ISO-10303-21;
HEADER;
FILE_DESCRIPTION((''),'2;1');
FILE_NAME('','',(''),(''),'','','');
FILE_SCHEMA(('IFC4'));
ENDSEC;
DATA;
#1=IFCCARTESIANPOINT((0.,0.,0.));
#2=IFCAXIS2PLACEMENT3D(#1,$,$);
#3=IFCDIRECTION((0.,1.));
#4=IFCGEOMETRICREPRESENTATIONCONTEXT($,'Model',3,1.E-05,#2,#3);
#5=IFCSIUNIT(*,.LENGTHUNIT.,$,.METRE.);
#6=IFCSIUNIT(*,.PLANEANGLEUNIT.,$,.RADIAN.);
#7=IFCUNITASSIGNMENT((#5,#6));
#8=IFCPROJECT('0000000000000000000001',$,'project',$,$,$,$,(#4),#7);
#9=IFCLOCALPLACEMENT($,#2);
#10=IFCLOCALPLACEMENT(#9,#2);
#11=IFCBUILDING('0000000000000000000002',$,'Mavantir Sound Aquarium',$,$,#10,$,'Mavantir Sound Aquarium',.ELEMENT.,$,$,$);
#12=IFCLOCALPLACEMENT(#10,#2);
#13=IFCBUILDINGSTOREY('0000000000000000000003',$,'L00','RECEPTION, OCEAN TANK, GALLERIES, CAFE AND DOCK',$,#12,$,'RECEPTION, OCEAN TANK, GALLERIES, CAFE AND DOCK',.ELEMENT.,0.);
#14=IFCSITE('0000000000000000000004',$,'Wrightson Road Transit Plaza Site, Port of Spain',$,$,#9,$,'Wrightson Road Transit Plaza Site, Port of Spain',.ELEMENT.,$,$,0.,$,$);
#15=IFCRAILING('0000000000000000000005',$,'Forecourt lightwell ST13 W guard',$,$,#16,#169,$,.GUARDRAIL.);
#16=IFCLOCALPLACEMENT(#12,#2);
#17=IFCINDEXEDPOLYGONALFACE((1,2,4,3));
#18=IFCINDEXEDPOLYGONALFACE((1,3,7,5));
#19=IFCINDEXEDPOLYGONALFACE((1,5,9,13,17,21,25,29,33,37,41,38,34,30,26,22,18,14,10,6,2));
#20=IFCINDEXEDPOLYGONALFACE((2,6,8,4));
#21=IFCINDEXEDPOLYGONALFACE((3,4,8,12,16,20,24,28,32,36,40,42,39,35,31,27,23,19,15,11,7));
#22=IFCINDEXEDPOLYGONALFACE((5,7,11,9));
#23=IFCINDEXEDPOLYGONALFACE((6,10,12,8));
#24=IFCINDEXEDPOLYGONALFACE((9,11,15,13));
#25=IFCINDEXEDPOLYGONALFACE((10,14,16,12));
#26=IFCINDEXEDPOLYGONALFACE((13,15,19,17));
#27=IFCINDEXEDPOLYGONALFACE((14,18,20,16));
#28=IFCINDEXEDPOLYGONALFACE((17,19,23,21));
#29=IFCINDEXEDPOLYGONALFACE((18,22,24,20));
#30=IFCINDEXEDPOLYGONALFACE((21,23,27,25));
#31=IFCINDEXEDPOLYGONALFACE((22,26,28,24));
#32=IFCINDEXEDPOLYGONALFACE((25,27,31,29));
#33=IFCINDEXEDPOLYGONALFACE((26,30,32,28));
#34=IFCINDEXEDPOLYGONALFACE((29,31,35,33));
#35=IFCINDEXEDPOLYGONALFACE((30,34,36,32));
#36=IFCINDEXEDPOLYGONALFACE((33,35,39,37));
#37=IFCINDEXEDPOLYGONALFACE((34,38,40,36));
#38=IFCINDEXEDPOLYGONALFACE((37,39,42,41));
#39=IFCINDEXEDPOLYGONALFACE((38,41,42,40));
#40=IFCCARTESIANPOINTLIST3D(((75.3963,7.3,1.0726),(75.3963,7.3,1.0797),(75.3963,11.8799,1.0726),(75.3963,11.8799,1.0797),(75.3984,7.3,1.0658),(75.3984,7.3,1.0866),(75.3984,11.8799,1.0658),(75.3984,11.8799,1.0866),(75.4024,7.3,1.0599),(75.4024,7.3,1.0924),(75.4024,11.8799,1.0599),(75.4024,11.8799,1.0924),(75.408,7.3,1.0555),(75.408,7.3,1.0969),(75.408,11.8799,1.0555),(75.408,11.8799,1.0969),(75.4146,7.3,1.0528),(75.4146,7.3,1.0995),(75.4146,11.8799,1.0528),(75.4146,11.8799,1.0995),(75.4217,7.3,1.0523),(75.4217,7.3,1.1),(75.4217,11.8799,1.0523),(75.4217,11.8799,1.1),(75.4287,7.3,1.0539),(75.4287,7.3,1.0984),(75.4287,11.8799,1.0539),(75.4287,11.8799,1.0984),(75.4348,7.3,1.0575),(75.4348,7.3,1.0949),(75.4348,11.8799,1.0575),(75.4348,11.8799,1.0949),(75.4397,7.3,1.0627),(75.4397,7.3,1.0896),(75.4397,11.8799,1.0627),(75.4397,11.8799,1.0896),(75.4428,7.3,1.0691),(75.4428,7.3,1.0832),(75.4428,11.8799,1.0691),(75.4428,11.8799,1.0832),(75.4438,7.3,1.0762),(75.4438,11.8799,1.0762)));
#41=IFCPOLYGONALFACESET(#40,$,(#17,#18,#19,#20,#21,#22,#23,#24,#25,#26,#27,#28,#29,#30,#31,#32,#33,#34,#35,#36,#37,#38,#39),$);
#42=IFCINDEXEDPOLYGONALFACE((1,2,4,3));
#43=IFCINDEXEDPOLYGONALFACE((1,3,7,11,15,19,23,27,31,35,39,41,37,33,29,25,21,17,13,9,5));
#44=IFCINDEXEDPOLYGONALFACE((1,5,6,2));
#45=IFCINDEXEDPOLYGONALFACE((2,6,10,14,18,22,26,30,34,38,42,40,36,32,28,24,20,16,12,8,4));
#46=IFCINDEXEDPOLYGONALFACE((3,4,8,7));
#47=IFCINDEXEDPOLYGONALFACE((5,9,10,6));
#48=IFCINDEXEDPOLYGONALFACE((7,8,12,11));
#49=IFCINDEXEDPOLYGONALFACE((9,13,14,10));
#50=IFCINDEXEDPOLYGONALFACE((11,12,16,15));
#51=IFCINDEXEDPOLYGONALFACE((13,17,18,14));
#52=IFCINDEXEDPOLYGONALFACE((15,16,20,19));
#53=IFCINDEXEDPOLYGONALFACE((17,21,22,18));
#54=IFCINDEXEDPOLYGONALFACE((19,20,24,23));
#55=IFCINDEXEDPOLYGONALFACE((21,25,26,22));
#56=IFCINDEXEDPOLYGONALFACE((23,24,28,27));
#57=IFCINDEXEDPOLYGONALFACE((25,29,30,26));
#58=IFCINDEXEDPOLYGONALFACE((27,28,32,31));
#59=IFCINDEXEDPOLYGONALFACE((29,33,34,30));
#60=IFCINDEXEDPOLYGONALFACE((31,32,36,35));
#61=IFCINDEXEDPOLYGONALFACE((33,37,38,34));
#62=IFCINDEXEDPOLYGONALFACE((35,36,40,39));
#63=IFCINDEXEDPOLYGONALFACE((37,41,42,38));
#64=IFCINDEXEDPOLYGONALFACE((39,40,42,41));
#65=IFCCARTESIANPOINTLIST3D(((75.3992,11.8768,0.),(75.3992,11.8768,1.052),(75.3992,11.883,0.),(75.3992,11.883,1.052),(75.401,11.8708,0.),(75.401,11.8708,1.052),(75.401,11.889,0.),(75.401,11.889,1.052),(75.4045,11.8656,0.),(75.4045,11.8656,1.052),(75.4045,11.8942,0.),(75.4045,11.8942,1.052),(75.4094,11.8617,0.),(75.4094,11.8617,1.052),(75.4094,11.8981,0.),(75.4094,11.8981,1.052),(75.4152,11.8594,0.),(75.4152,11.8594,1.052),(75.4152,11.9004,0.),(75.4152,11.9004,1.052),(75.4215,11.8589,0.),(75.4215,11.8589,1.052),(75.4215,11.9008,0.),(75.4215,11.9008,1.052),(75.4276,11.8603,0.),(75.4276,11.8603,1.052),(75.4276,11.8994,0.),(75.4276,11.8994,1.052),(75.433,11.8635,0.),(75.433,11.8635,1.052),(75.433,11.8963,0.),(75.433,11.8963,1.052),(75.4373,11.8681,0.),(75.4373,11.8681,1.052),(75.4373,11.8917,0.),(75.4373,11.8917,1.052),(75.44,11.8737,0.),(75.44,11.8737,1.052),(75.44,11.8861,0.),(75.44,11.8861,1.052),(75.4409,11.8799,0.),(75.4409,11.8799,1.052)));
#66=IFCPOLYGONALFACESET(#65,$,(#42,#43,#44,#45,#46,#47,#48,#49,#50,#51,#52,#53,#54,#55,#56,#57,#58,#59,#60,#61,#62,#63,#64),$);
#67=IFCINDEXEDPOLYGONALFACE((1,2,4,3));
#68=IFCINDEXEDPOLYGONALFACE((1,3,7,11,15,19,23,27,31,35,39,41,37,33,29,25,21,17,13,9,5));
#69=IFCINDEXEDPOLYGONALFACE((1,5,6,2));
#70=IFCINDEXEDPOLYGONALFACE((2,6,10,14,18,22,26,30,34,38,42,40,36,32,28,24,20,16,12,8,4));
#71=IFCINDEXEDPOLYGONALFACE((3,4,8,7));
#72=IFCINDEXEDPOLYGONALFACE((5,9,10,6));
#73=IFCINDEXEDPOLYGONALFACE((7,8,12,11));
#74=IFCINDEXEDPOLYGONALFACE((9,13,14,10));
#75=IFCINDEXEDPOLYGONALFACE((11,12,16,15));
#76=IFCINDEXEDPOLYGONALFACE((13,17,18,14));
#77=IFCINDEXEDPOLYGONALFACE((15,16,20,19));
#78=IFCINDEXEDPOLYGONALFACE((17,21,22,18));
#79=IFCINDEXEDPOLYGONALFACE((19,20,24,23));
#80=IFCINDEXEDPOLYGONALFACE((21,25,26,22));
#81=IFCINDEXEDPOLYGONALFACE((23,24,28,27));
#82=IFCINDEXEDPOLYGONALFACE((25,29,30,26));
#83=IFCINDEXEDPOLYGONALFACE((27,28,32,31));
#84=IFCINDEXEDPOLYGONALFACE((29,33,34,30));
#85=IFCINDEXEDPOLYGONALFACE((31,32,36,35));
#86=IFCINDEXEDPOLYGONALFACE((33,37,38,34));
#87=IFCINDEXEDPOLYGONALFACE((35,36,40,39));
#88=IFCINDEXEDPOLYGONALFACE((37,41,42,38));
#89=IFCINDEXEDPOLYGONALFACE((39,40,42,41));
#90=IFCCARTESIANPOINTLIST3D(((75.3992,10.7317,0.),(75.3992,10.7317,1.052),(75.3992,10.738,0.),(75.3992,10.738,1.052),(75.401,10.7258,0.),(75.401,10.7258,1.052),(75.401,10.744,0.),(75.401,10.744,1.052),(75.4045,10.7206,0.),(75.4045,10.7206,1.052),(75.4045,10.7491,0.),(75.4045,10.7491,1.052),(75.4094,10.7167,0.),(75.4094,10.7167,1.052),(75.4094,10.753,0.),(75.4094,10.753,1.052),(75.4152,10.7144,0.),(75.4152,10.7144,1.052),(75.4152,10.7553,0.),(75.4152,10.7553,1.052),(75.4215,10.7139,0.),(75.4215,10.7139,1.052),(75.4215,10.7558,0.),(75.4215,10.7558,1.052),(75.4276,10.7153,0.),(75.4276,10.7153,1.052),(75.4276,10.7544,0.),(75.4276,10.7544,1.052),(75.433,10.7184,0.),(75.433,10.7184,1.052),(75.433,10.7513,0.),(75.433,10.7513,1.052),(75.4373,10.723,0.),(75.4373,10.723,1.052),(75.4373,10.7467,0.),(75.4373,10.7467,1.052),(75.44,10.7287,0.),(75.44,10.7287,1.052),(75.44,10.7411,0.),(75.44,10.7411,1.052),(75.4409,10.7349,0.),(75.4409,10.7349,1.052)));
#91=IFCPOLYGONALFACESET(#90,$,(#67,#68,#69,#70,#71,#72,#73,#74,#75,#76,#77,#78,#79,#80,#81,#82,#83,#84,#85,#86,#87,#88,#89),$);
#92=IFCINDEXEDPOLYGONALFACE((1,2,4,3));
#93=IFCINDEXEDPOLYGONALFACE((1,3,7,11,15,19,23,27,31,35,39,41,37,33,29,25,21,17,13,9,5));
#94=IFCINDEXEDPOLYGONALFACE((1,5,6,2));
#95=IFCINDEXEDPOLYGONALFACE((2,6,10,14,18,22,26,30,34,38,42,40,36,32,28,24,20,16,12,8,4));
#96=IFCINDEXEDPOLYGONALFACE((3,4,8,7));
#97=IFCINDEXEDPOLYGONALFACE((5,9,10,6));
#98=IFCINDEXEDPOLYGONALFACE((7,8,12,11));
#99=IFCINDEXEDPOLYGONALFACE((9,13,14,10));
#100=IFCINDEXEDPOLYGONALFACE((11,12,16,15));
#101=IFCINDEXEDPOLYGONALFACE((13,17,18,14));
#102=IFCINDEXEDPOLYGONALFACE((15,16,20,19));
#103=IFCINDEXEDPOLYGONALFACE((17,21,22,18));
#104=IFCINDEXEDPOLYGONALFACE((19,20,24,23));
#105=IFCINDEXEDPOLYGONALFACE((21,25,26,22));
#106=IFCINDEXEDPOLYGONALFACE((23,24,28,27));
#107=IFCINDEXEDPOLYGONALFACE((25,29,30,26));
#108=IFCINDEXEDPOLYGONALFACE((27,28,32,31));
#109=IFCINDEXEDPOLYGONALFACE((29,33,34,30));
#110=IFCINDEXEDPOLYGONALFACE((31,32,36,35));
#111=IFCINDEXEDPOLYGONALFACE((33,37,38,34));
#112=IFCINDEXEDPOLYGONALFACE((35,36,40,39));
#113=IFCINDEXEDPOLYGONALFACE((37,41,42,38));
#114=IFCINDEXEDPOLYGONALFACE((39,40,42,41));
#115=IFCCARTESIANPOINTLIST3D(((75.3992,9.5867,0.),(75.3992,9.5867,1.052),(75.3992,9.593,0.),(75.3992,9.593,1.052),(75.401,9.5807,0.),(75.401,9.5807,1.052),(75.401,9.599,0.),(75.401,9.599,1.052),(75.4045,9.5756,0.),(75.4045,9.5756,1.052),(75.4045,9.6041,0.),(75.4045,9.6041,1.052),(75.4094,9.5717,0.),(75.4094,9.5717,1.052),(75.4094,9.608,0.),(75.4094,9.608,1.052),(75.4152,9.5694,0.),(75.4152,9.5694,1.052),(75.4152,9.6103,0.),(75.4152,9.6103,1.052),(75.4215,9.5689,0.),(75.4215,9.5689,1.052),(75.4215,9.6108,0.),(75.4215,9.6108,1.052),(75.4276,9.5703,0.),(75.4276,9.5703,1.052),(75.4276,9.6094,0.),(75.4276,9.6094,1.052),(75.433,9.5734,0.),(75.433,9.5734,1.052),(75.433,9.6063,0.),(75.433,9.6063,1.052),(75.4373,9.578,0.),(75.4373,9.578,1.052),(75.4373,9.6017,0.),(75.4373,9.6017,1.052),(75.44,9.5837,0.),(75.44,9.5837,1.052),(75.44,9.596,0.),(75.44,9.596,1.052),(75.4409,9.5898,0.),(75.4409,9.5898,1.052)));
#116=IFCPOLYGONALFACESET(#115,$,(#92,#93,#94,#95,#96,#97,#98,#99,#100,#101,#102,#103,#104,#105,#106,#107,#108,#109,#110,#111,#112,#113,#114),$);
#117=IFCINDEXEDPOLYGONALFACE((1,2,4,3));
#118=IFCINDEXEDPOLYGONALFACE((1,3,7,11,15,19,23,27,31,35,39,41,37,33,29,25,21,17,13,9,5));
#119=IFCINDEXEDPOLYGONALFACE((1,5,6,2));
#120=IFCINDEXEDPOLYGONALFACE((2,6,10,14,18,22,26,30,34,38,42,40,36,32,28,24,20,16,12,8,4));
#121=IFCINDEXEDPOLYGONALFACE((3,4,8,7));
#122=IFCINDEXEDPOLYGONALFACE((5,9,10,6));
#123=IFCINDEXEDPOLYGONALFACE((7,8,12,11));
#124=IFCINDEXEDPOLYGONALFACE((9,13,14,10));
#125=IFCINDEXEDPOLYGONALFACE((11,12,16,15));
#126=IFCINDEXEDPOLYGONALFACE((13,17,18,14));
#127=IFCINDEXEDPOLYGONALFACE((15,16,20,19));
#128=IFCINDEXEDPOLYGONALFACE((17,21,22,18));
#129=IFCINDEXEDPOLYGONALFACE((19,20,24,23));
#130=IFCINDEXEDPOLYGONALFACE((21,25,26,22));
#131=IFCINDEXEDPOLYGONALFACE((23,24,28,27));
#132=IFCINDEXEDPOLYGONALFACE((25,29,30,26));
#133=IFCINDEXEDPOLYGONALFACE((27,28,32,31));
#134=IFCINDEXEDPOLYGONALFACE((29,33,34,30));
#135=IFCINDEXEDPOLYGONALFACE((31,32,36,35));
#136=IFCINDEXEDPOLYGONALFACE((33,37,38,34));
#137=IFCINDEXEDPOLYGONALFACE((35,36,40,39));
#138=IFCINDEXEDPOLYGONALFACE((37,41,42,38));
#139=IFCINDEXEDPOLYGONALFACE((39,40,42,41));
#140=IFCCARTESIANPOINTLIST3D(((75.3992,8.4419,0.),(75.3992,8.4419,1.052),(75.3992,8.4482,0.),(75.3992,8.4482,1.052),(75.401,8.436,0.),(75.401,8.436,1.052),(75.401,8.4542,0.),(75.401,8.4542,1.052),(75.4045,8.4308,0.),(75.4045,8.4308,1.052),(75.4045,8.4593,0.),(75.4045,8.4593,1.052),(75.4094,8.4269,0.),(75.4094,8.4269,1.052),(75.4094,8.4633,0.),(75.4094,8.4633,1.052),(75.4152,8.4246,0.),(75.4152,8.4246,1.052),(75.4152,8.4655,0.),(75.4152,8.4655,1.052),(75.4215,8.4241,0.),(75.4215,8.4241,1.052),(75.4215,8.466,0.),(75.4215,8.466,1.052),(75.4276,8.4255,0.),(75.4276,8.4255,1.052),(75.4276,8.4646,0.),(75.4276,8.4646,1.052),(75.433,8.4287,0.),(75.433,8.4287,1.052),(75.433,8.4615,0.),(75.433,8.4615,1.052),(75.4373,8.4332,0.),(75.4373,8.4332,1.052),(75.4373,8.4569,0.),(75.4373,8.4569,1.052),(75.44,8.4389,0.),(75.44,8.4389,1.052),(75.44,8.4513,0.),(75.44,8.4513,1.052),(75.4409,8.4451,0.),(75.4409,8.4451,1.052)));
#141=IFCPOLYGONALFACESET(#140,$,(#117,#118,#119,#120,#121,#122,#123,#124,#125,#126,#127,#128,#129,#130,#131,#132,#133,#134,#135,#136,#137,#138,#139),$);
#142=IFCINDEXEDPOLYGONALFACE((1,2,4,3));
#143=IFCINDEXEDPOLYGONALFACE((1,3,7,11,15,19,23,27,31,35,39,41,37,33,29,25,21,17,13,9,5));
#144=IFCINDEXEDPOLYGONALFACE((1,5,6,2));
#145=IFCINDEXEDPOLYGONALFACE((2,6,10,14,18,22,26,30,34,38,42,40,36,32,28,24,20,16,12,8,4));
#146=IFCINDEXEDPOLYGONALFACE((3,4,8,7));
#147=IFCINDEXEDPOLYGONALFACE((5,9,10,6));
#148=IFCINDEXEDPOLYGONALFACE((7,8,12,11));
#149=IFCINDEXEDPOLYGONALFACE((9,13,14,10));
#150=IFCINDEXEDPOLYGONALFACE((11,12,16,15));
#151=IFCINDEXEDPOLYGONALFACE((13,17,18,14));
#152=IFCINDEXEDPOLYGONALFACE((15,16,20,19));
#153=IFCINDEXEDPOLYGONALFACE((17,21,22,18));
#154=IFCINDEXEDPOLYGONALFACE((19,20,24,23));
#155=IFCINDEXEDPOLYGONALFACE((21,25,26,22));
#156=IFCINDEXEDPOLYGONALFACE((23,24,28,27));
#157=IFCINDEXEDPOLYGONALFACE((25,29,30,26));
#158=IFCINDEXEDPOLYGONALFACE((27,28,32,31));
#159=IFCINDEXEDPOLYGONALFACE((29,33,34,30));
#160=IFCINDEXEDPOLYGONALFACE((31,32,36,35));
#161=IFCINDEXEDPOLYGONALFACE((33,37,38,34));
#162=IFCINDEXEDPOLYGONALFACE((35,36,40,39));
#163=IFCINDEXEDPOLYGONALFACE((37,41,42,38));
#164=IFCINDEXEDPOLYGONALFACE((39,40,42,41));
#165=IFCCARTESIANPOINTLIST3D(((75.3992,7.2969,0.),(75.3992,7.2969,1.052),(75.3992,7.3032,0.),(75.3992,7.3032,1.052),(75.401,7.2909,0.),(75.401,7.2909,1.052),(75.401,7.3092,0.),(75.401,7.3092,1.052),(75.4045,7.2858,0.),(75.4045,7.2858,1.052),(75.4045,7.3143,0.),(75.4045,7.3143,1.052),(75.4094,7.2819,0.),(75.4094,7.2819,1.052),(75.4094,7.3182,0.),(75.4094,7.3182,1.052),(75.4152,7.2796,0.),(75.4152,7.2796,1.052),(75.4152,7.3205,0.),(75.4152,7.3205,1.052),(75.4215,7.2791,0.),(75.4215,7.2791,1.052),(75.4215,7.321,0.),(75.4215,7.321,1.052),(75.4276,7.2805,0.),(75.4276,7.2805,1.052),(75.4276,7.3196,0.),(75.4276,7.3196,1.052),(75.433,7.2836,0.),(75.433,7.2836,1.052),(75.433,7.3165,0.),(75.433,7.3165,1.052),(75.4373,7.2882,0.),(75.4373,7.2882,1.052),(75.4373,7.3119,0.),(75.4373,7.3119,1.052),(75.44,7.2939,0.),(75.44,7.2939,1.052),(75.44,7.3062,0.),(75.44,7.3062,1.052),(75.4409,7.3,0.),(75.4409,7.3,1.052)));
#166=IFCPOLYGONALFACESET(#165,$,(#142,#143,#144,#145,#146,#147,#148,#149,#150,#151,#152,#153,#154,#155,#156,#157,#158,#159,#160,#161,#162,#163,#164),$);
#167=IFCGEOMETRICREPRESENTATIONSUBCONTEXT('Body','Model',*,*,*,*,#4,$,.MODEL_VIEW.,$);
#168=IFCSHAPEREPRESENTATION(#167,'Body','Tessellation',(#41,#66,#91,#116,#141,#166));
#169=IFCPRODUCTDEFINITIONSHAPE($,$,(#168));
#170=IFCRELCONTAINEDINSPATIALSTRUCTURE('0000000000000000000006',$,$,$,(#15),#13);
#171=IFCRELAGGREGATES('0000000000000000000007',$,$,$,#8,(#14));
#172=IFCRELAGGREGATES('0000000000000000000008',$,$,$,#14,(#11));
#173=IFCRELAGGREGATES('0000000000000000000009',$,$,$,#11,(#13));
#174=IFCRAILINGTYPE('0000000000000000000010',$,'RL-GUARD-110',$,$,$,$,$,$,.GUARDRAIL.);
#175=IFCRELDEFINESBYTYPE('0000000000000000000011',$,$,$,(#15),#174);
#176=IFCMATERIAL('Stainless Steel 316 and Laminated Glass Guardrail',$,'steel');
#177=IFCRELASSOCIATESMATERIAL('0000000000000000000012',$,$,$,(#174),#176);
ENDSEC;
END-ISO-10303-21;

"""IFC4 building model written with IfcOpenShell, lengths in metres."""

from ifc_helpers import new_model, si_unit, direction, frame, origin, origin_2d, place, context, subcontext, project, spatial, circle, extrude, material, type_object, element, save


model = new_model("IFC4")

# Units and contexts
model_context = context("Model", 3, precision=1e-05, world=origin(), true_north=direction((0.0, 1.0)))
body_context = subcontext(model_context, "Body", "Model", "MODEL_VIEW")
ifc_project = project(units=[si_unit("LENGTHUNIT", "METRE"), si_unit("PLANEANGLEUNIT", "RADIAN")], contexts=[model_context])

# Site, building, storey
site_placement = place(None, origin())
site = spatial("IfcSite", under=ifc_project, at=site_placement, Name="Wrightson Road Transit Plaza Site, Port of Spain", LongName="Wrightson Road Transit Plaza Site, Port of Spain", CompositionType="ELEMENT", RefElevation=0.0)
building_placement = place(site_placement, origin())
building = spatial("IfcBuilding", under=site, at=building_placement, Name="Mavantir Sound Aquarium", LongName="Mavantir Sound Aquarium", CompositionType="ELEMENT")
storey_placement = place(building_placement, origin())
storey = spatial("IfcBuildingStorey", under=building, at=storey_placement, Name="L00", Description="RECEPTION, OCEAN TANK, GALLERIES, CAFE AND DOCK", LongName="RECEPTION, OCEAN TANK, GALLERIES, CAFE AND DOCK", CompositionType="ELEMENT", Elevation=0.0)

# Railing
ifc_material_1 = material(Name="Stainless Steel 316 and Laminated Glass Guardrail", Category="steel")
railing_type_1 = type_object("IfcRailingType", Name="RL-GUARD-110", PredefinedType="GUARDRAIL", material=ifc_material_1)
railing_1_placement = place(storey_placement, frame((75.4199, 11.8799, 0.0)))
element("IfcRailing", 1, at=railing_1_placement, inside=storey, type_object=railing_type_1, Name="Forecourt lightwell ST13 W guard", PredefinedType="GUARDRAIL", context=body_context, shape_type="SweptSolid", body=[
    extrude(circle(Radius=0.0239, at=origin_2d()), frame((0.0, 0.0, 1.0762), z_axis=(0.0, -1.0, 0.0), x_axis=(1.0, 0.0, 0.0)), (0.0, 0.0, 1.0), 4.5798),
    extrude(circle(Radius=0.021, at=origin_2d()), origin(), (0.0, 0.0, 1.0), 1.052),
    extrude(circle(Radius=0.021, at=origin_2d()), frame((0.0, -1.145, 0.0)), (0.0, 0.0, 1.0), 1.052),
    extrude(circle(Radius=0.021, at=origin_2d()), frame((0.0, -2.29, 0.0)), (0.0, 0.0, 1.0), 1.052),
    extrude(circle(Radius=0.021, at=origin_2d()), frame((0.0, -3.4348, 0.0)), (0.0, 0.0, 1.0), 1.052),
    extrude(circle(Radius=0.021, at=origin_2d()), frame((0.0, -4.5798, 0.0)), (0.0, 0.0, 1.0), 1.052),
])

save(model, "model.ifc")
